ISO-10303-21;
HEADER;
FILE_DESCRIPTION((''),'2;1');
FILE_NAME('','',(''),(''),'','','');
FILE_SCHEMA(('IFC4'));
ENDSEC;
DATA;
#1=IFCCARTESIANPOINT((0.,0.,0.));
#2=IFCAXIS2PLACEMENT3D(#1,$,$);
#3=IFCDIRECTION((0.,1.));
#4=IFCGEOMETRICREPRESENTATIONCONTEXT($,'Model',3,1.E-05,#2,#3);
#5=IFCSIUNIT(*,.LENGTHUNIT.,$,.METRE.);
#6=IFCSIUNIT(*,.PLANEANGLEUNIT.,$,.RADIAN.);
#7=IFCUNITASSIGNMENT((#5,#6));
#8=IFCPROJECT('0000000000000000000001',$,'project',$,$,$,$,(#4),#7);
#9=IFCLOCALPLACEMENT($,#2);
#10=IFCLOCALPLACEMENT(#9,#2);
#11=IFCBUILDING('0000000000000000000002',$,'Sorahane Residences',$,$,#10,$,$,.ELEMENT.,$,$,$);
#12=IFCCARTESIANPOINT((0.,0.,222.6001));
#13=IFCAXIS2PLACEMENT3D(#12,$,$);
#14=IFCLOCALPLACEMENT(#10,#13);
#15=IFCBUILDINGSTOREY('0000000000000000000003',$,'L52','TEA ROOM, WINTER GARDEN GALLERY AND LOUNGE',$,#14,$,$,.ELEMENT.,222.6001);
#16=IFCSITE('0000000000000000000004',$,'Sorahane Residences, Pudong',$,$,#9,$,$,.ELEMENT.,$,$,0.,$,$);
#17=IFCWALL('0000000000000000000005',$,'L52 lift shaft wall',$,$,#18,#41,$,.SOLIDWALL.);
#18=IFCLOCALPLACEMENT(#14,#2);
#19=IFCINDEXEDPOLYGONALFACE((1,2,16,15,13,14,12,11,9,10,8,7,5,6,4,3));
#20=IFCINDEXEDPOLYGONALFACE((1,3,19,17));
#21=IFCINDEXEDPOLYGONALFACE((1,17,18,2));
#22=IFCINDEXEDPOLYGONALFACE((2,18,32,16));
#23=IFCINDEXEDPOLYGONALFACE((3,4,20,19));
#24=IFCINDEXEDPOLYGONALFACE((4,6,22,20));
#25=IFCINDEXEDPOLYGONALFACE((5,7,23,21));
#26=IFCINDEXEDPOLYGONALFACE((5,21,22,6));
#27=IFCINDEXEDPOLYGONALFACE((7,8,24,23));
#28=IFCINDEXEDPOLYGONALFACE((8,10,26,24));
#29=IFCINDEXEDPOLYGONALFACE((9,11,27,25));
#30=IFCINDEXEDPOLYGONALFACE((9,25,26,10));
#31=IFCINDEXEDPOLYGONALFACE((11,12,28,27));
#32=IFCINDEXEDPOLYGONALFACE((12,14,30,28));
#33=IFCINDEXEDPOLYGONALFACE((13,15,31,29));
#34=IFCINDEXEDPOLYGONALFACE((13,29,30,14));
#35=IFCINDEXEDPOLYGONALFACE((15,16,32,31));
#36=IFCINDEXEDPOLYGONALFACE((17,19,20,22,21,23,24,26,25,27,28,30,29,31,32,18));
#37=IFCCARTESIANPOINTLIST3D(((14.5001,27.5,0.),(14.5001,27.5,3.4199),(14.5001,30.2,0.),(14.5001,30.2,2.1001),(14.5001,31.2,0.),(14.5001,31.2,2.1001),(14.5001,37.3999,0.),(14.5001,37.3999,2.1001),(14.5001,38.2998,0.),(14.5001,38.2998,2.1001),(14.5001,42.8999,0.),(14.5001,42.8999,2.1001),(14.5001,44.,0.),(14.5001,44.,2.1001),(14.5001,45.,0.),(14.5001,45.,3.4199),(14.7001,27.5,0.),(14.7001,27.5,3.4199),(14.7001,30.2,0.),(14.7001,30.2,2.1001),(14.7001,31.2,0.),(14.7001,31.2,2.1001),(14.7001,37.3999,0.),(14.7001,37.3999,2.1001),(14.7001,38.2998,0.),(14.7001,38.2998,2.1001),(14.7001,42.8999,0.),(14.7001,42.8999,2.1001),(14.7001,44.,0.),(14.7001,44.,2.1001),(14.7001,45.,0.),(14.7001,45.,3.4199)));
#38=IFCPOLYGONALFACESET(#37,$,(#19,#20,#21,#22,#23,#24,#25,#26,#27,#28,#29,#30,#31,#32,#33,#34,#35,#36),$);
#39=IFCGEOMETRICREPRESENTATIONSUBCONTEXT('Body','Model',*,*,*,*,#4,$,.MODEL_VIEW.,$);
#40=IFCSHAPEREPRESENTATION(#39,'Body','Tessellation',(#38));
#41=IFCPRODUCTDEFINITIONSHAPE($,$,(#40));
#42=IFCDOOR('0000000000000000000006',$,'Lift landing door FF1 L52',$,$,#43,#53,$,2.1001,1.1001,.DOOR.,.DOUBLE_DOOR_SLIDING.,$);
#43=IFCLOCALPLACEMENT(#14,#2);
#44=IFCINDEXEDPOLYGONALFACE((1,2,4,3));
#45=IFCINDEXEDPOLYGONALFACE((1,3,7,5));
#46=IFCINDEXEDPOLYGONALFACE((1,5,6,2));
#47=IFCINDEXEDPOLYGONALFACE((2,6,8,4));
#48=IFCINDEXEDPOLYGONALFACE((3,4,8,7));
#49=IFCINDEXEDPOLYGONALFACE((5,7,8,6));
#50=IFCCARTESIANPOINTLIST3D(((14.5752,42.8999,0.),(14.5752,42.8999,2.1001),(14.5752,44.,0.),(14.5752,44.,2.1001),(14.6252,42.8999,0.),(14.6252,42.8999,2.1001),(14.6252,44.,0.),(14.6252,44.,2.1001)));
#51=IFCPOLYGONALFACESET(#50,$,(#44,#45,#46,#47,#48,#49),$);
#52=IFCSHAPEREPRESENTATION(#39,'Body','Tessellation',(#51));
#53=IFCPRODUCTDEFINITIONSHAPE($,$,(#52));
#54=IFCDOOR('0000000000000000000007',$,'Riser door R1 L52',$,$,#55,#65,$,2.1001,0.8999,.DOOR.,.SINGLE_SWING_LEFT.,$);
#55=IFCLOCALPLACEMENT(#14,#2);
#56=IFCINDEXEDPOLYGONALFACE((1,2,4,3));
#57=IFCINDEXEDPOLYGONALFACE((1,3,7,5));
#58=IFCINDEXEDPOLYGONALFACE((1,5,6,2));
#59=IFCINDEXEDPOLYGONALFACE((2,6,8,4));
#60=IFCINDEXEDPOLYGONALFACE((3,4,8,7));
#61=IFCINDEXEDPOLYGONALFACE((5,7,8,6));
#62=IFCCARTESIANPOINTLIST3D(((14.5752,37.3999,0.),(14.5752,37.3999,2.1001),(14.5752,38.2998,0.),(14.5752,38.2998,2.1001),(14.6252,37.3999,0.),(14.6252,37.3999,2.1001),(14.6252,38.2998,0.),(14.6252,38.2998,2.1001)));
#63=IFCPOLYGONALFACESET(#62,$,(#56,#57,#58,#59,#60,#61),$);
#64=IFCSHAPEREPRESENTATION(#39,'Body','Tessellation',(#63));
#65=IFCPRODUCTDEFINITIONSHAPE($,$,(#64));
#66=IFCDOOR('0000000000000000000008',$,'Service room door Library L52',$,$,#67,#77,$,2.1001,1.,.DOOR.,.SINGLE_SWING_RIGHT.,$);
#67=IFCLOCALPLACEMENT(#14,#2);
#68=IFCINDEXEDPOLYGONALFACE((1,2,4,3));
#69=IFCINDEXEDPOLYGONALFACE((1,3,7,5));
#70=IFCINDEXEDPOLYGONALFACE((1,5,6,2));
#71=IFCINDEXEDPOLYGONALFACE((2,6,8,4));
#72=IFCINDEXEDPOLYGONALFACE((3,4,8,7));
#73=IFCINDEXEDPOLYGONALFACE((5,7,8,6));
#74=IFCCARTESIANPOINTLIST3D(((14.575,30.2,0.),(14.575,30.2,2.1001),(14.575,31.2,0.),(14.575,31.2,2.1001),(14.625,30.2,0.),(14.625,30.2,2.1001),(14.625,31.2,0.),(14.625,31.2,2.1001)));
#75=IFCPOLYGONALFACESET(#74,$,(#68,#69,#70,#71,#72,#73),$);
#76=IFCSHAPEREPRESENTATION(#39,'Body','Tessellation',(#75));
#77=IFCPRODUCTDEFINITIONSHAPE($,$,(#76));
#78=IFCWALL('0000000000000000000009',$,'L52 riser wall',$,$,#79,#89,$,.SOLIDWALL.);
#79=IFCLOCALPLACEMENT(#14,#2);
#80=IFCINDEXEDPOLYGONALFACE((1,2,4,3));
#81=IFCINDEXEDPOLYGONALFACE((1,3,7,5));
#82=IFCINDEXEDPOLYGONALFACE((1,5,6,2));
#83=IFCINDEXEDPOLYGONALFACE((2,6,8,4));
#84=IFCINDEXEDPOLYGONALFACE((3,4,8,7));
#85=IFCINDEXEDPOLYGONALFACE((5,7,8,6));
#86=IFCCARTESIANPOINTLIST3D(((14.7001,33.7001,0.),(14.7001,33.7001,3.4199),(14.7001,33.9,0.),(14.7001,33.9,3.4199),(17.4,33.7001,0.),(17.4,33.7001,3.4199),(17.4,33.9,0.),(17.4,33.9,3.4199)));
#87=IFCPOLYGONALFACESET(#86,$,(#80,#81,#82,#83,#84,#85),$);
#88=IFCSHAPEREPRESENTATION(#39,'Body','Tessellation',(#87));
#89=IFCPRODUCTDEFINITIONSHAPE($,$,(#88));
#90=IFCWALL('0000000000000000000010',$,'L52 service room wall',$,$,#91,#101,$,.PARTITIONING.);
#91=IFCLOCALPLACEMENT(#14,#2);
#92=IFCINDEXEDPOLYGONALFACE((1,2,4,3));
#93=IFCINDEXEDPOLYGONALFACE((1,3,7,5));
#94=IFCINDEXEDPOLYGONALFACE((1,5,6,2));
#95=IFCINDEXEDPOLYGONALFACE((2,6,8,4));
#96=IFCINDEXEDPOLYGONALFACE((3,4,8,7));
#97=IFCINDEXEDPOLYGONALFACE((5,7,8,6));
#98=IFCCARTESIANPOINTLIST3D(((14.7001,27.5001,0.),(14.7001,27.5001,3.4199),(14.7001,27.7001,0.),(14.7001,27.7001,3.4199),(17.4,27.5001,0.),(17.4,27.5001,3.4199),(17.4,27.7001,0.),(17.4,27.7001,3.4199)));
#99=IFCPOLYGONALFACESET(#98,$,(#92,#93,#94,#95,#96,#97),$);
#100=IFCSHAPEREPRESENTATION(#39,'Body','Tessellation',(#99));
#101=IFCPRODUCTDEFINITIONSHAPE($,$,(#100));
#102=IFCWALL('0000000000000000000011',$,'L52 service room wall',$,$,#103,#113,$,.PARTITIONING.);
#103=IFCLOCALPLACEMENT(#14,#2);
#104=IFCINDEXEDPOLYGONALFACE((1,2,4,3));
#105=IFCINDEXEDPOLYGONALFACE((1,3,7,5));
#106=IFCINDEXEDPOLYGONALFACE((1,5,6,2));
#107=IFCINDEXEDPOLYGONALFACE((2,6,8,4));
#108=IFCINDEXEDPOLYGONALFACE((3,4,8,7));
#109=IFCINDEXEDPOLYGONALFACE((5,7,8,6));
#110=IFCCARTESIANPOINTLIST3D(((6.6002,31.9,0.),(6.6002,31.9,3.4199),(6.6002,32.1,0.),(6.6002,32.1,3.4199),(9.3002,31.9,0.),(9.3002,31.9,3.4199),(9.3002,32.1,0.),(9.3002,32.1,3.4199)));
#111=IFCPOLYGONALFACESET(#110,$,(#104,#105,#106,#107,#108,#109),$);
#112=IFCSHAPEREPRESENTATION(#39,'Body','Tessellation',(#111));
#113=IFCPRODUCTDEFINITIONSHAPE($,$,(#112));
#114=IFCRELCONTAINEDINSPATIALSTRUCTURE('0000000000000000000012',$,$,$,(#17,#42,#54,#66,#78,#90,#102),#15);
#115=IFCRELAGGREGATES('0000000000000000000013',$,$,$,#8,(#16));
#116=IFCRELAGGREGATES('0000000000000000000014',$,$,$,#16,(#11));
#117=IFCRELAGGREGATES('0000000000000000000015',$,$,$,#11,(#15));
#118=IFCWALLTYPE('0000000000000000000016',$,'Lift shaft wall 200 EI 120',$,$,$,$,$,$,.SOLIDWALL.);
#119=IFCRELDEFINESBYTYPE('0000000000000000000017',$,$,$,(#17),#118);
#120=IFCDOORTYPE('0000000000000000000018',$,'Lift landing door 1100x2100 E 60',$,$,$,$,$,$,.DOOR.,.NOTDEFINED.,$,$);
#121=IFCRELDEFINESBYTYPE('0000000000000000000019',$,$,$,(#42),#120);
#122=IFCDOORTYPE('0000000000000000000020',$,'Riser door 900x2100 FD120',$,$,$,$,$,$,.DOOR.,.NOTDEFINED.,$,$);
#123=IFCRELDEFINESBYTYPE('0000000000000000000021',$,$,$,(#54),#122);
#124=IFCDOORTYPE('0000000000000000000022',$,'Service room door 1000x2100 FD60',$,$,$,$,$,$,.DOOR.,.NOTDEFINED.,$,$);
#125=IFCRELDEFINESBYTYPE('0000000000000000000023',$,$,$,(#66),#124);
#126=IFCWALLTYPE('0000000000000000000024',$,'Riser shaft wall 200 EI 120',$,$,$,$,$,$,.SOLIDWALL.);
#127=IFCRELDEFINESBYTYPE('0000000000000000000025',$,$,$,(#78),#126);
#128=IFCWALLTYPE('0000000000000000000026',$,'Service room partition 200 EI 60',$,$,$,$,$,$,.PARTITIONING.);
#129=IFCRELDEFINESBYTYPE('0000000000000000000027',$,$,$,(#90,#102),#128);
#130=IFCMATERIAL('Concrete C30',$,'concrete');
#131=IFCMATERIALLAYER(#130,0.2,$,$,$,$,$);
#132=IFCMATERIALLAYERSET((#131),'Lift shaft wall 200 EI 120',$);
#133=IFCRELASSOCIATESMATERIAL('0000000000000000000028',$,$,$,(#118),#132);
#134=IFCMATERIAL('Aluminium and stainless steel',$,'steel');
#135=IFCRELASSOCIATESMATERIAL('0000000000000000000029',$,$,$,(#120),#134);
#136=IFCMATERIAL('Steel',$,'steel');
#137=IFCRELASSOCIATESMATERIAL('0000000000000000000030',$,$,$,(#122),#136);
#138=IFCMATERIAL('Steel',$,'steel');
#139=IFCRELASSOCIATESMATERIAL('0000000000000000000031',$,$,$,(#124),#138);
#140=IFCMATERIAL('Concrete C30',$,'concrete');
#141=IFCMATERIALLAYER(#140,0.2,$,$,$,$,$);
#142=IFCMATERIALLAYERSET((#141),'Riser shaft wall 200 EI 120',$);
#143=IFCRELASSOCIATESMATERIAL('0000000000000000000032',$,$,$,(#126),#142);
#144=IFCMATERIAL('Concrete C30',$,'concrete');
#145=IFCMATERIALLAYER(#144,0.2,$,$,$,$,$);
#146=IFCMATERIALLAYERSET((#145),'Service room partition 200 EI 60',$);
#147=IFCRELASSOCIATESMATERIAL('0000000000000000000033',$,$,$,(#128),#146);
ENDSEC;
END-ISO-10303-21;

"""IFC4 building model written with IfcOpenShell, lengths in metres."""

from ifc_helpers import new_model, si_unit, direction, frame, frame_2d, origin, place, context, subcontext, project, spatial, rectangle, extrude, material, layer, layer_set, type_object, element, fill, save


model = new_model("IFC4")

# Units and contexts
model_context = context("Model", 3, precision=1e-05, world=origin(), true_north=direction((0.0, 1.0)))
body_context = subcontext(model_context, "Body", "Model", "MODEL_VIEW")
ifc_project = project(units=[si_unit("LENGTHUNIT", "METRE"), si_unit("PLANEANGLEUNIT", "RADIAN")], contexts=[model_context])

# Site, building, storey
site_placement = place(None, origin())
site = spatial("IfcSite", under=ifc_project, at=site_placement, Name="Sorahane Residences, Pudong", CompositionType="ELEMENT", RefElevation=0.0)
building_placement = place(site_placement, origin())
building = spatial("IfcBuilding", under=site, at=building_placement, Name="Sorahane Residences", CompositionType="ELEMENT")
storey_placement = place(building_placement, frame((0.0, 0.0, 222.6001)))
storey = spatial("IfcBuildingStorey", under=building, at=storey_placement, Name="L52", Description="TEA ROOM, WINTER GARDEN GALLERY AND LOUNGE", CompositionType="ELEMENT", Elevation=222.6001)

# Wall, openings, doors
ifc_material_1 = material(Name="Concrete C30", Category="concrete")
ifc_layer_1 = layer(ifc_material_1, 0.2)
ifc_layer_set_1 = layer_set([ifc_layer_1], Name="Lift shaft wall 200 EI 120")
wall_type_1 = type_object("IfcWallType", Name="Lift shaft wall 200 EI 120", PredefinedType="SOLIDWALL", material=ifc_layer_set_1)
wall_1_placement = place(storey_placement, frame((14.6001, 27.5, 0.0), z_axis=(0.0, 0.0, 1.0), x_axis=(0.0, 1.0, 0.0)))
wall_1 = element("IfcWall", 1, at=wall_1_placement, inside=storey, type_object=wall_type_1, Name="L52 lift shaft wall", PredefinedType="SOLIDWALL", context=body_context, shape_type="SweptSolid", body=[
    extrude(rectangle(XDim=17.5, YDim=0.2, at=frame_2d((8.75, 0.0))), origin(), (0.0, 0.0, 1.0), 3.4199),
])
opening_1_placement = place(wall_1_placement, frame((15.3999, 0.0, 0.0)))
opening_1 = element("IfcOpeningElement", 2, at=opening_1_placement, cuts=wall_1, PredefinedType="OPENING", context=body_context, shape_type="SweptSolid", body=[
    extrude(rectangle(XDim=1.1001, YDim=2.1001, at=frame_2d((0.55, 1.05))), frame((0.0, 0.1099, 0.0), z_axis=(0.0, -1.0, 0.0), x_axis=(1.0, 0.0, 0.0)), (0.0, 0.0, 1.0), 0.22),
])
opening_2_placement = place(wall_1_placement, frame((2.7, 0.0, 0.0)))
opening_2 = element("IfcOpeningElement", 3, at=opening_2_placement, cuts=wall_1, PredefinedType="OPENING", context=body_context, shape_type="SweptSolid", body=[
    extrude(rectangle(XDim=1.0, YDim=2.1001, at=frame_2d((0.5, 1.05))), frame((0.0, 0.1099, 0.0), z_axis=(0.0, -1.0, 0.0), x_axis=(1.0, 0.0, 0.0)), (0.0, 0.0, 1.0), 0.22),
])
opening_3_placement = place(wall_1_placement, frame((9.8999, 0.0, 0.0)))
opening_3 = element("IfcOpeningElement", 4, at=opening_3_placement, cuts=wall_1, PredefinedType="OPENING", context=body_context, shape_type="SweptSolid", body=[
    extrude(rectangle(XDim=0.8999, YDim=2.1001, at=frame_2d((0.45, 1.05))), frame((0.0, 0.1099, 0.0), z_axis=(0.0, -1.0, 0.0), x_axis=(1.0, 0.0, 0.0)), (0.0, 0.0, 1.0), 0.22),
])
ifc_material_2 = material(Name="Aluminium and stainless steel", Category="steel")
door_type_1 = type_object("IfcDoorType", Name="Lift landing door 1100x2100 E 60", OperationType="NOTDEFINED", PredefinedType="DOOR", material=ifc_material_2)
door_1_placement = place(opening_1_placement, origin())
door_1 = element("IfcDoor", 5, at=door_1_placement, inside=storey, type_object=door_type_1, Name="Lift landing door FF1 L52", OperationType="DOUBLE_DOOR_SLIDING", OverallHeight=2.1001, OverallWidth=1.1001, PredefinedType="DOOR", context=body_context, shape_type="SweptSolid", body=[
    extrude(rectangle(XDim=1.1001, YDim=2.1001, at=frame_2d((0.55, 1.05))), frame((0.0, 0.0249, 0.0), z_axis=(0.0, -1.0, 0.0), x_axis=(1.0, 0.0, 0.0)), (0.0, 0.0, 1.0), 0.05),
])
fill(opening_1, door_1)
ifc_material_3 = material(Name="Steel", Category="steel")
door_type_2 = type_object("IfcDoorType", Name="Riser door 900x2100 FD120", OperationType="NOTDEFINED", PredefinedType="DOOR", material=ifc_material_3)
door_2_placement = place(opening_3_placement, origin())
door_2 = element("IfcDoor", 6, at=door_2_placement, inside=storey, type_object=door_type_2, Name="Riser door R1 L52", OperationType="SINGLE_SWING_LEFT", OverallHeight=2.1001, OverallWidth=0.8999, PredefinedType="DOOR", context=body_context, shape_type="SweptSolid", body=[
    extrude(rectangle(XDim=0.8999, YDim=2.1001, at=frame_2d((0.45, 1.05))), frame((0.0, 0.0249, 0.0), z_axis=(0.0, -1.0, 0.0), x_axis=(1.0, 0.0, 0.0)), (0.0, 0.0, 1.0), 0.05),
])
fill(opening_3, door_2)
ifc_material_4 = material(Name="Steel", Category="steel")
door_type_3 = type_object("IfcDoorType", Name="Service room door 1000x2100 FD60", OperationType="NOTDEFINED", PredefinedType="DOOR", material=ifc_material_4)
door_3_placement = place(opening_2_placement, frame((1.0, 0.0, 0.0), z_axis=(0.0, 0.0, 1.0), x_axis=(-1.0, 0.0, 0.0)))
door_3 = element("IfcDoor", 7, at=door_3_placement, inside=storey, type_object=door_type_3, Name="Service room door Library L52", OperationType="SINGLE_SWING_RIGHT", OverallHeight=2.1001, OverallWidth=1.0, PredefinedType="DOOR", context=body_context, shape_type="SweptSolid", body=[
    extrude(rectangle(XDim=1.0, YDim=2.1001, at=frame_2d((0.5, 1.05))), frame((0.0, 0.0249, 0.0), z_axis=(0.0, -1.0, 0.0), x_axis=(1.0, 0.0, 0.0)), (0.0, 0.0, 1.0), 0.05),
])
fill(opening_2, door_3)

# Walls
ifc_material_5 = material(Name="Concrete C30", Category="concrete")
ifc_layer_2 = layer(ifc_material_5, 0.2)
ifc_layer_set_2 = layer_set([ifc_layer_2], Name="Riser shaft wall 200 EI 120")
wall_type_2 = type_object("IfcWallType", Name="Riser shaft wall 200 EI 120", PredefinedType="SOLIDWALL", material=ifc_layer_set_2)
wall_2_placement = place(storey_placement, frame((14.7, 33.8, 0.0), z_axis=(0.0, 0.0, 1.0), x_axis=(1.0, 0.0, 0.0)))
element("IfcWall", 8, at=wall_2_placement, inside=storey, type_object=wall_type_2, Name="L52 riser wall", PredefinedType="SOLIDWALL", context=body_context, shape_type="SweptSolid", body=[
    extrude(rectangle(XDim=2.7, YDim=0.2, at=frame_2d((1.3501, 0.0))), origin(), (0.0, 0.0, 1.0), 3.4199),
])
ifc_material_6 = material(Name="Concrete C30", Category="concrete")
ifc_layer_3 = layer(ifc_material_6, 0.2)
ifc_layer_set_3 = layer_set([ifc_layer_3], Name="Service room partition 200 EI 60")
wall_type_3 = type_object("IfcWallType", Name="Service room partition 200 EI 60", PredefinedType="PARTITIONING", material=ifc_layer_set_3)
for number, where, z_axis, x_axis, name in (
    (9, (14.7, 27.6001, 0.0), (0.0, 0.0, 1.0), (1.0, 0.0, 0.0), "L52 service room wall"),
    (10, (6.6001, 32.0, 0.0), (0.0, 0.0, 1.0), (1.0, 0.0, 0.0), "L52 service room wall"),
):
    element("IfcWall", number, at=place(storey_placement, frame(where, z_axis=z_axis, x_axis=x_axis)), inside=storey, type_object=wall_type_3, Name=name, PredefinedType="PARTITIONING", context=body_context, shape_type="SweptSolid", body=[
        extrude(rectangle(XDim=2.7, YDim=0.2, at=frame_2d((1.3501, 0.0))), origin(), (0.0, 0.0, 1.0), 3.4199),
    ])

save(model, "model.ifc")
